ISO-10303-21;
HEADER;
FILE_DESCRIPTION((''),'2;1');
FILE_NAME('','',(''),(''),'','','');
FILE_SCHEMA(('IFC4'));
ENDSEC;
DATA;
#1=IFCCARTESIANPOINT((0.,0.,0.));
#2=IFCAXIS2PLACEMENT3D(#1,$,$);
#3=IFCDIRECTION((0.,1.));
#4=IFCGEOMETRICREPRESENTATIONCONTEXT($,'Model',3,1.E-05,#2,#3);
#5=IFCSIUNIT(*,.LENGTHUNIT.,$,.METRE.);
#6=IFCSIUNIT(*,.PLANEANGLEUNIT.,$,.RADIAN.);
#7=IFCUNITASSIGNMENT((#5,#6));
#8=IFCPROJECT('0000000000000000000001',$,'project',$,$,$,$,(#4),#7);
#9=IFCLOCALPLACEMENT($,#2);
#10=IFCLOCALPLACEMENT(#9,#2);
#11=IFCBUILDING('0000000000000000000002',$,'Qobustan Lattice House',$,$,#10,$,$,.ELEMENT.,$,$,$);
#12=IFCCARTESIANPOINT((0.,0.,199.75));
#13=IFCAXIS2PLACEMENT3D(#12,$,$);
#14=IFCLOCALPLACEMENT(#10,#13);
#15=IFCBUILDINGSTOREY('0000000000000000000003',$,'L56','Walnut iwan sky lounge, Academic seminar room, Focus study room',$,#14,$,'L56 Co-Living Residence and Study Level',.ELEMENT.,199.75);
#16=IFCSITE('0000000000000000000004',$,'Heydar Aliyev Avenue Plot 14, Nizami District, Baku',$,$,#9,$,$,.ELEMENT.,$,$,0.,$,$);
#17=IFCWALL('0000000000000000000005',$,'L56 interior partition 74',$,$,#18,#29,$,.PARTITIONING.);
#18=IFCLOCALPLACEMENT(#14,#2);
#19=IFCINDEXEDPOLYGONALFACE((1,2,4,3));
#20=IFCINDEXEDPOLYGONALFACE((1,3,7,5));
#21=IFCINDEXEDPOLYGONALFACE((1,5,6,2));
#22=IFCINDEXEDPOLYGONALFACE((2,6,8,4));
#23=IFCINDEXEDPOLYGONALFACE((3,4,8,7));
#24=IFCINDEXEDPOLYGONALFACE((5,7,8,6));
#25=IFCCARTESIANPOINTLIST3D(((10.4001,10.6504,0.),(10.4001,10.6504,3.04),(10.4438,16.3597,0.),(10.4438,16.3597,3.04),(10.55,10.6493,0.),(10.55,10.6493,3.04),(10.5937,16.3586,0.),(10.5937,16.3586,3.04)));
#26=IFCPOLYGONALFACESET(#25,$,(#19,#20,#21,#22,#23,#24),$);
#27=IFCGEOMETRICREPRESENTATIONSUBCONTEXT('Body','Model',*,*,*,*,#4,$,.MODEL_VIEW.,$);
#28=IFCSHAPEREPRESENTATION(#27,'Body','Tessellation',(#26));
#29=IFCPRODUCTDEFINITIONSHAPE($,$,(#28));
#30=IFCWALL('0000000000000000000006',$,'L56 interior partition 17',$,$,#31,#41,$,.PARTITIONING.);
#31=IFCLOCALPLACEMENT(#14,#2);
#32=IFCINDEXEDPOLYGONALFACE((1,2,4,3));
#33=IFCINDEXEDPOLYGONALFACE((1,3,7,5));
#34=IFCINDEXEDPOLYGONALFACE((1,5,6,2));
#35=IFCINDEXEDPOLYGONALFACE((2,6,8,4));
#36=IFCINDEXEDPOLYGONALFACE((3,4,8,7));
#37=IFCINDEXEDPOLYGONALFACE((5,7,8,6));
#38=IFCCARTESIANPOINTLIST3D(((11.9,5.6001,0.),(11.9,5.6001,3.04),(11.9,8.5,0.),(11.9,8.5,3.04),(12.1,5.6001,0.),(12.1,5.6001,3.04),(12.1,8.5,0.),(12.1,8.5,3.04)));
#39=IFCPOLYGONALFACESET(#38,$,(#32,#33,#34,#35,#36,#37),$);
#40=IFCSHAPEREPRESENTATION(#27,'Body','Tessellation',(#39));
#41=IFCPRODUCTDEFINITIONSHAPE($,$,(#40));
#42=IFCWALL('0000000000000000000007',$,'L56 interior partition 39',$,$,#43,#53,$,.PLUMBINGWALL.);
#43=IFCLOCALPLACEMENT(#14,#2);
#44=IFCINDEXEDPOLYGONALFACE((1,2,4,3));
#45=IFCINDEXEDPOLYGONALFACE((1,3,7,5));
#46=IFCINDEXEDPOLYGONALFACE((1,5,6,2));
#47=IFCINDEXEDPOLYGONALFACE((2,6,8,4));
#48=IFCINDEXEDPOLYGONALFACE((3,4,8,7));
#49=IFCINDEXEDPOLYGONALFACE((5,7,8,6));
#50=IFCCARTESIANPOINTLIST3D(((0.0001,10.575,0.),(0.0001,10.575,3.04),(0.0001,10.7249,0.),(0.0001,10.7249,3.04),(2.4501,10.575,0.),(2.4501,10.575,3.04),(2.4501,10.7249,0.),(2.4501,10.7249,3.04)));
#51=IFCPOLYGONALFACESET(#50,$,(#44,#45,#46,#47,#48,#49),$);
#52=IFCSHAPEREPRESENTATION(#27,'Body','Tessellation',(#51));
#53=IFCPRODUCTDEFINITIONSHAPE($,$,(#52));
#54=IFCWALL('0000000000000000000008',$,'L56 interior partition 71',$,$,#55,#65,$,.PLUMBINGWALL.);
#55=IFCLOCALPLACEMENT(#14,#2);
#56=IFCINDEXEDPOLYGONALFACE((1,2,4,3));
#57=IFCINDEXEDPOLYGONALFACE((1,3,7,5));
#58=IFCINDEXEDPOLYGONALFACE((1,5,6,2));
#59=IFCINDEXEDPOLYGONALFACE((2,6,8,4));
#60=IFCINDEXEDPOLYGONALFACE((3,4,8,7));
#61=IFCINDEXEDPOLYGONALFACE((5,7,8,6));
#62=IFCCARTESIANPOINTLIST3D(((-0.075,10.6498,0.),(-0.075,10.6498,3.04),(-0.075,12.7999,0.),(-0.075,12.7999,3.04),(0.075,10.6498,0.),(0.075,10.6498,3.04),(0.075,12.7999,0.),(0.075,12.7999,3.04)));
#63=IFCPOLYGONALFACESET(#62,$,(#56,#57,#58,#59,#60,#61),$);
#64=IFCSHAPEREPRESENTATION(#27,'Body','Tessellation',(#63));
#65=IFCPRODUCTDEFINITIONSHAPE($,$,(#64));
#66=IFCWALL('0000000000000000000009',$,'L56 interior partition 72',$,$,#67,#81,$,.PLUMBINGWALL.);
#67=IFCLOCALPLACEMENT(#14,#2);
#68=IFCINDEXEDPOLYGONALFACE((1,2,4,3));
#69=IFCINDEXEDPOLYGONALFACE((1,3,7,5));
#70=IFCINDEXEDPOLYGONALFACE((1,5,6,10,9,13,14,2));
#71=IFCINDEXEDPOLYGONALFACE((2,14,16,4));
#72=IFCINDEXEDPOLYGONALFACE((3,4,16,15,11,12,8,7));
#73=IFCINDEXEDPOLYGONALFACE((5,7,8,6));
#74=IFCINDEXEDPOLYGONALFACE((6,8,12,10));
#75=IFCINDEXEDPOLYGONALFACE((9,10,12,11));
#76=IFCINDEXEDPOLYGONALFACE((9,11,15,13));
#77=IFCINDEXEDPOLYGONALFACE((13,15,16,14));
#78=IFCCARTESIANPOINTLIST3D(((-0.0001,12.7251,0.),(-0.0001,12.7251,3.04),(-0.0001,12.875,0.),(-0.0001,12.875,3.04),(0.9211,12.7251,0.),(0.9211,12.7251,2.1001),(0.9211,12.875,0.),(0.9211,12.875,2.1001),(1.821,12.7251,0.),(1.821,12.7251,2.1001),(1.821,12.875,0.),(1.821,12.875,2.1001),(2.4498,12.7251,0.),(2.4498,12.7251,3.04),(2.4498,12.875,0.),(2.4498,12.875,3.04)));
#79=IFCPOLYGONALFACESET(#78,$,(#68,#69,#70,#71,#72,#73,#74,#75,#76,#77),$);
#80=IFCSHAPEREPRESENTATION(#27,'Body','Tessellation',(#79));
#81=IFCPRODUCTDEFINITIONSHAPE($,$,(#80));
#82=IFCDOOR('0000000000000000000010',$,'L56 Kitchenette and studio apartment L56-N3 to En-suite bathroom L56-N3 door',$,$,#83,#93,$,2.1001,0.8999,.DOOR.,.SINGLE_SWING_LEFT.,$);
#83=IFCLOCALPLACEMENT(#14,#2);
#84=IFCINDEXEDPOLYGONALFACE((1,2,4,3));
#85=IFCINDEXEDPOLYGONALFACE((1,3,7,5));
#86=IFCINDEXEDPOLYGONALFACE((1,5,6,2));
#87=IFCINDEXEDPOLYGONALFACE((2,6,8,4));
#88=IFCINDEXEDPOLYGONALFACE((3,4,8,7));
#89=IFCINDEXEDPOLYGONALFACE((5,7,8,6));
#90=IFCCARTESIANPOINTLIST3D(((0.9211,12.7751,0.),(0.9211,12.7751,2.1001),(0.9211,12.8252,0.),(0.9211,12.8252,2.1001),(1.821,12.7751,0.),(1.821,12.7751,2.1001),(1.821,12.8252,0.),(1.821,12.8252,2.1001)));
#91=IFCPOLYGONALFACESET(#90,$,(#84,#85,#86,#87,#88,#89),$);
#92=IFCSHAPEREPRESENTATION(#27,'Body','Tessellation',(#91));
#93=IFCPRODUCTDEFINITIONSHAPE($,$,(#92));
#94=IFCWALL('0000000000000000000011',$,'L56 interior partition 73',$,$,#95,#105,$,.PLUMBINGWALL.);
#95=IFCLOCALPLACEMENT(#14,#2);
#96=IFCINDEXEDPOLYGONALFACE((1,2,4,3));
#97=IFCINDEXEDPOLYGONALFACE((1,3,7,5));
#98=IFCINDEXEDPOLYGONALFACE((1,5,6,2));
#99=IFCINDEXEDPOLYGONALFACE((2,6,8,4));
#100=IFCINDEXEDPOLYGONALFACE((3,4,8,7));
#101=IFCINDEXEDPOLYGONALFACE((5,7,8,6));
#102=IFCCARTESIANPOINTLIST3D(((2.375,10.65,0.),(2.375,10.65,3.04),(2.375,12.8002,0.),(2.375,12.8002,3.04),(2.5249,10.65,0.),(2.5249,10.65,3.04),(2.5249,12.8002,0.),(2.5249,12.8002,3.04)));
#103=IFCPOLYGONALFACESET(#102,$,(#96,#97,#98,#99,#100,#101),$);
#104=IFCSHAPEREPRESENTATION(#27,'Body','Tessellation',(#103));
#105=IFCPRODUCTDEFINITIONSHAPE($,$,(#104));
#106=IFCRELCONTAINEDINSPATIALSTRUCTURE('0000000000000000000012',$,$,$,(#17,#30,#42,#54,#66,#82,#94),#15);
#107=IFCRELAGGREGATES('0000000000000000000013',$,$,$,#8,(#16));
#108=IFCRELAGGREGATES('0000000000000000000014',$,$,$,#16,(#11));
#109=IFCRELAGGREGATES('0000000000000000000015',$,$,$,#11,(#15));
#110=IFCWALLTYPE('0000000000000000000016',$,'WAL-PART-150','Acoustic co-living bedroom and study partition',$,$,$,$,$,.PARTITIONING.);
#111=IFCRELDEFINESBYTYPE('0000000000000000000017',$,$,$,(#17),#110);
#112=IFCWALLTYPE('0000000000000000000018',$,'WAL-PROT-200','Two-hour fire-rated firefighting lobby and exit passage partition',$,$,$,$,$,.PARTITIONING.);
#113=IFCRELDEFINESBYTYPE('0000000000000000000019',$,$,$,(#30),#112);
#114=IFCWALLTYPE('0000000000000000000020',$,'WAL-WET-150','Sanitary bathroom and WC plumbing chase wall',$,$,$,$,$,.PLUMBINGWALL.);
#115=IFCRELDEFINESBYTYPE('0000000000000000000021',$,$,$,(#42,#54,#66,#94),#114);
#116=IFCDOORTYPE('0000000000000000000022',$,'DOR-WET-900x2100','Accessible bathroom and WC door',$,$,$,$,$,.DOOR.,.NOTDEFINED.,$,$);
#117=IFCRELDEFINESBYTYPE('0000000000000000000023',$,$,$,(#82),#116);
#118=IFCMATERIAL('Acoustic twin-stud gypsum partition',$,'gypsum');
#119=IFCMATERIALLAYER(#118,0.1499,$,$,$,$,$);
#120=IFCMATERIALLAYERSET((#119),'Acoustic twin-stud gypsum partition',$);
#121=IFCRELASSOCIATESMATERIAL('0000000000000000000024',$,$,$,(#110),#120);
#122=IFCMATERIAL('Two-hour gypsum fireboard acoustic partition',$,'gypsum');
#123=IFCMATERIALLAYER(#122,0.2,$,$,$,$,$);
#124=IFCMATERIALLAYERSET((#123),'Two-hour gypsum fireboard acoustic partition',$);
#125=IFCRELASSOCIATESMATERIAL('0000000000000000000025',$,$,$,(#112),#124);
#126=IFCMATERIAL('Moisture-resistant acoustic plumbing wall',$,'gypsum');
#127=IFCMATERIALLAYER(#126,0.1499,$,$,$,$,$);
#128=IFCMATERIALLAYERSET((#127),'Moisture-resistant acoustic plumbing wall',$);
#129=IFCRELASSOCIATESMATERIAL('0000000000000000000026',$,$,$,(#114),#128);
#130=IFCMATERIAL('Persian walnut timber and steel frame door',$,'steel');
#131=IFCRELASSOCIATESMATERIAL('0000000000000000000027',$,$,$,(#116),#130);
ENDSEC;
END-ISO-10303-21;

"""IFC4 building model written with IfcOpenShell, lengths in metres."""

from ifc_helpers import new_model, si_unit, direction, frame, frame_2d, origin, place, context, subcontext, project, spatial, rectangle, extrude, material, layer, layer_set, type_object, element, fill, save


model = new_model("IFC4")

# Units and contexts
model_context = context("Model", 3, precision=1e-05, world=origin(), true_north=direction((0.0, 1.0)))
body_context = subcontext(model_context, "Body", "Model", "MODEL_VIEW")
ifc_project = project(units=[si_unit("LENGTHUNIT", "METRE"), si_unit("PLANEANGLEUNIT", "RADIAN")], contexts=[model_context])

# Site, building, storey
site_placement = place(None, origin())
site = spatial("IfcSite", under=ifc_project, at=site_placement, Name="Heydar Aliyev Avenue Plot 14, Nizami District, Baku", CompositionType="ELEMENT", RefElevation=0.0)
building_placement = place(site_placement, origin())
building = spatial("IfcBuilding", under=site, at=building_placement, Name="Qobustan Lattice House", CompositionType="ELEMENT")
storey_placement = place(building_placement, frame((0.0, 0.0, 199.75)))
storey = spatial("IfcBuildingStorey", under=building, at=storey_placement, Name="L56", Description="Walnut iwan sky lounge, Academic seminar room, Focus study room", LongName="L56 Co-Living Residence and Study Level", CompositionType="ELEMENT", Elevation=199.75)

# Shared definitions
ifc_material_1 = material(Name="Acoustic twin-stud gypsum partition", Category="gypsum")
ifc_layer_1 = layer(ifc_material_1, 0.1499)
ifc_layer_set_1 = layer_set([ifc_layer_1], Name="Acoustic twin-stud gypsum partition")
wall_type_1 = type_object("IfcWallType", Name="WAL-PART-150", Description="Acoustic co-living bedroom and study partition", PredefinedType="PARTITIONING", material=ifc_layer_set_1)

# Walls
wall_1_placement = place(storey_placement, frame((10.5188, 16.3591, 0.0), z_axis=(0.0, 0.0, 1.0), x_axis=(-0.007654, -0.999971, 0.0)))
element("IfcWall", 1, at=wall_1_placement, inside=storey, type_object=wall_type_1, Name="L56 interior partition 74", PredefinedType="PARTITIONING", context=body_context, shape_type="SweptSolid", body=[
    extrude(rectangle(XDim=5.7095, YDim=0.1499, at=frame_2d((2.8547, 0.0))), origin(), (0.0, 0.0, 1.0), 3.04),
])
ifc_material_2 = material(Name="Two-hour gypsum fireboard acoustic partition", Category="gypsum")
ifc_layer_2 = layer(ifc_material_2, 0.2)
ifc_layer_set_2 = layer_set([ifc_layer_2], Name="Two-hour gypsum fireboard acoustic partition")
wall_type_2 = type_object("IfcWallType", Name="WAL-PROT-200", Description="Two-hour fire-rated firefighting lobby and exit passage partition", PredefinedType="PARTITIONING", material=ifc_layer_set_2)
wall_2_placement = place(storey_placement, frame((12.0, 8.5, 0.0), z_axis=(0.0, 0.0, 1.0), x_axis=(0.0, -1.0, 0.0)))
element("IfcWall", 2, at=wall_2_placement, inside=storey, type_object=wall_type_2, Name="L56 interior partition 17", PredefinedType="PARTITIONING", context=body_context, shape_type="SweptSolid", body=[
    extrude(rectangle(XDim=2.8999, YDim=0.2, at=frame_2d((1.45, 0.0))), origin(), (0.0, 0.0, 1.0), 3.04),
])
ifc_material_3 = material(Name="Moisture-resistant acoustic plumbing wall", Category="gypsum")
ifc_layer_3 = layer(ifc_material_3, 0.1499)
ifc_layer_set_3 = layer_set([ifc_layer_3], Name="Moisture-resistant acoustic plumbing wall")
wall_type_3 = type_object("IfcWallType", Name="WAL-WET-150", Description="Sanitary bathroom and WC plumbing chase wall", PredefinedType="PLUMBINGWALL", material=ifc_layer_set_3)
wall_3_placement = place(storey_placement, frame((0.0, 10.6499, 0.0), z_axis=(0.0, 0.0, 1.0), x_axis=(1.0, 0.0, 0.0)))
element("IfcWall", 3, at=wall_3_placement, inside=storey, type_object=wall_type_3, Name="L56 interior partition 39", PredefinedType="PLUMBINGWALL", context=body_context, shape_type="SweptSolid", body=[
    extrude(rectangle(XDim=2.45, YDim=0.1499, at=frame_2d((1.2251, 0.0))), origin(), (0.0, 0.0, 1.0), 3.04),
])
wall_4_placement = place(storey_placement, frame((0.0, 12.8, 0.0), z_axis=(0.0, 0.0, 1.0), x_axis=(0.0, -1.0, 0.0)))
element("IfcWall", 4, at=wall_4_placement, inside=storey, type_object=wall_type_3, Name="L56 interior partition 71", PredefinedType="PLUMBINGWALL", context=body_context, shape_type="SweptSolid", body=[
    extrude(rectangle(XDim=2.1501, YDim=0.1499, at=frame_2d((1.0752, 0.0))), origin(), (0.0, 0.0, 1.0), 3.04),
])

# Wall, opening, door
wall_5_placement = place(storey_placement, frame((2.45, 12.8, 0.0), z_axis=(0.0, 0.0, 1.0), x_axis=(-1.0, 0.0, 0.0)))
wall_5 = element("IfcWall", 5, at=wall_5_placement, inside=storey, type_object=wall_type_3, Name="L56 interior partition 72", PredefinedType="PLUMBINGWALL", context=body_context, shape_type="SweptSolid", body=[
    extrude(rectangle(XDim=2.45, YDim=0.1499, at=frame_2d((1.2251, 0.0))), origin(), (0.0, 0.0, 1.0), 3.04),
])
opening_1_placement = place(wall_5_placement, frame((0.6289, 0.0, 0.0)))
opening_1 = element("IfcOpeningElement", 6, at=opening_1_placement, cuts=wall_5, PredefinedType="OPENING", context=body_context, shape_type="SweptSolid", body=[
    extrude(rectangle(XDim=0.8999, YDim=2.1001, at=frame_2d((0.45, 1.05))), frame((0.0, 0.085, 0.0), z_axis=(0.0, -1.0, 0.0), x_axis=(1.0, 0.0, 0.0)), (0.0, 0.0, 1.0), 0.1699),
])
ifc_material_4 = material(Name="Persian walnut timber and steel frame door", Category="steel")
door_type_1 = type_object("IfcDoorType", Name="DOR-WET-900x2100", Description="Accessible bathroom and WC door", OperationType="NOTDEFINED", PredefinedType="DOOR", material=ifc_material_4)
door_1_placement = place(opening_1_placement, origin())
door_1 = element("IfcDoor", 7, at=door_1_placement, inside=storey, type_object=door_type_1, Name="L56 Kitchenette and studio apartment L56-N3 to En-suite bathroom L56-N3 door", OperationType="SINGLE_SWING_LEFT", OverallHeight=2.1001, OverallWidth=0.8999, PredefinedType="DOOR", context=body_context, shape_type="SweptSolid", body=[
    extrude(rectangle(XDim=0.8999, YDim=2.1001, at=frame_2d((0.45, 1.05))), frame((0.0, 0.0249, 0.0), z_axis=(0.0, -1.0, 0.0), x_axis=(1.0, 0.0, 0.0)), (0.0, 0.0, 1.0), 0.05),
])
fill(opening_1, door_1)

# Wall
wall_6_placement = place(storey_placement, frame((2.45, 10.6499, 0.0), z_axis=(0.0, 0.0, 1.0), x_axis=(0.0, 1.0, 0.0)))
element("IfcWall", 8, at=wall_6_placement, inside=storey, type_object=wall_type_3, Name="L56 interior partition 73", PredefinedType="PLUMBINGWALL", context=body_context, shape_type="SweptSolid", body=[
    extrude(rectangle(XDim=2.1501, YDim=0.1499, at=frame_2d((1.0752, 0.0))), origin(), (0.0, 0.0, 1.0), 3.04),
])

save(model, "model.ifc")
